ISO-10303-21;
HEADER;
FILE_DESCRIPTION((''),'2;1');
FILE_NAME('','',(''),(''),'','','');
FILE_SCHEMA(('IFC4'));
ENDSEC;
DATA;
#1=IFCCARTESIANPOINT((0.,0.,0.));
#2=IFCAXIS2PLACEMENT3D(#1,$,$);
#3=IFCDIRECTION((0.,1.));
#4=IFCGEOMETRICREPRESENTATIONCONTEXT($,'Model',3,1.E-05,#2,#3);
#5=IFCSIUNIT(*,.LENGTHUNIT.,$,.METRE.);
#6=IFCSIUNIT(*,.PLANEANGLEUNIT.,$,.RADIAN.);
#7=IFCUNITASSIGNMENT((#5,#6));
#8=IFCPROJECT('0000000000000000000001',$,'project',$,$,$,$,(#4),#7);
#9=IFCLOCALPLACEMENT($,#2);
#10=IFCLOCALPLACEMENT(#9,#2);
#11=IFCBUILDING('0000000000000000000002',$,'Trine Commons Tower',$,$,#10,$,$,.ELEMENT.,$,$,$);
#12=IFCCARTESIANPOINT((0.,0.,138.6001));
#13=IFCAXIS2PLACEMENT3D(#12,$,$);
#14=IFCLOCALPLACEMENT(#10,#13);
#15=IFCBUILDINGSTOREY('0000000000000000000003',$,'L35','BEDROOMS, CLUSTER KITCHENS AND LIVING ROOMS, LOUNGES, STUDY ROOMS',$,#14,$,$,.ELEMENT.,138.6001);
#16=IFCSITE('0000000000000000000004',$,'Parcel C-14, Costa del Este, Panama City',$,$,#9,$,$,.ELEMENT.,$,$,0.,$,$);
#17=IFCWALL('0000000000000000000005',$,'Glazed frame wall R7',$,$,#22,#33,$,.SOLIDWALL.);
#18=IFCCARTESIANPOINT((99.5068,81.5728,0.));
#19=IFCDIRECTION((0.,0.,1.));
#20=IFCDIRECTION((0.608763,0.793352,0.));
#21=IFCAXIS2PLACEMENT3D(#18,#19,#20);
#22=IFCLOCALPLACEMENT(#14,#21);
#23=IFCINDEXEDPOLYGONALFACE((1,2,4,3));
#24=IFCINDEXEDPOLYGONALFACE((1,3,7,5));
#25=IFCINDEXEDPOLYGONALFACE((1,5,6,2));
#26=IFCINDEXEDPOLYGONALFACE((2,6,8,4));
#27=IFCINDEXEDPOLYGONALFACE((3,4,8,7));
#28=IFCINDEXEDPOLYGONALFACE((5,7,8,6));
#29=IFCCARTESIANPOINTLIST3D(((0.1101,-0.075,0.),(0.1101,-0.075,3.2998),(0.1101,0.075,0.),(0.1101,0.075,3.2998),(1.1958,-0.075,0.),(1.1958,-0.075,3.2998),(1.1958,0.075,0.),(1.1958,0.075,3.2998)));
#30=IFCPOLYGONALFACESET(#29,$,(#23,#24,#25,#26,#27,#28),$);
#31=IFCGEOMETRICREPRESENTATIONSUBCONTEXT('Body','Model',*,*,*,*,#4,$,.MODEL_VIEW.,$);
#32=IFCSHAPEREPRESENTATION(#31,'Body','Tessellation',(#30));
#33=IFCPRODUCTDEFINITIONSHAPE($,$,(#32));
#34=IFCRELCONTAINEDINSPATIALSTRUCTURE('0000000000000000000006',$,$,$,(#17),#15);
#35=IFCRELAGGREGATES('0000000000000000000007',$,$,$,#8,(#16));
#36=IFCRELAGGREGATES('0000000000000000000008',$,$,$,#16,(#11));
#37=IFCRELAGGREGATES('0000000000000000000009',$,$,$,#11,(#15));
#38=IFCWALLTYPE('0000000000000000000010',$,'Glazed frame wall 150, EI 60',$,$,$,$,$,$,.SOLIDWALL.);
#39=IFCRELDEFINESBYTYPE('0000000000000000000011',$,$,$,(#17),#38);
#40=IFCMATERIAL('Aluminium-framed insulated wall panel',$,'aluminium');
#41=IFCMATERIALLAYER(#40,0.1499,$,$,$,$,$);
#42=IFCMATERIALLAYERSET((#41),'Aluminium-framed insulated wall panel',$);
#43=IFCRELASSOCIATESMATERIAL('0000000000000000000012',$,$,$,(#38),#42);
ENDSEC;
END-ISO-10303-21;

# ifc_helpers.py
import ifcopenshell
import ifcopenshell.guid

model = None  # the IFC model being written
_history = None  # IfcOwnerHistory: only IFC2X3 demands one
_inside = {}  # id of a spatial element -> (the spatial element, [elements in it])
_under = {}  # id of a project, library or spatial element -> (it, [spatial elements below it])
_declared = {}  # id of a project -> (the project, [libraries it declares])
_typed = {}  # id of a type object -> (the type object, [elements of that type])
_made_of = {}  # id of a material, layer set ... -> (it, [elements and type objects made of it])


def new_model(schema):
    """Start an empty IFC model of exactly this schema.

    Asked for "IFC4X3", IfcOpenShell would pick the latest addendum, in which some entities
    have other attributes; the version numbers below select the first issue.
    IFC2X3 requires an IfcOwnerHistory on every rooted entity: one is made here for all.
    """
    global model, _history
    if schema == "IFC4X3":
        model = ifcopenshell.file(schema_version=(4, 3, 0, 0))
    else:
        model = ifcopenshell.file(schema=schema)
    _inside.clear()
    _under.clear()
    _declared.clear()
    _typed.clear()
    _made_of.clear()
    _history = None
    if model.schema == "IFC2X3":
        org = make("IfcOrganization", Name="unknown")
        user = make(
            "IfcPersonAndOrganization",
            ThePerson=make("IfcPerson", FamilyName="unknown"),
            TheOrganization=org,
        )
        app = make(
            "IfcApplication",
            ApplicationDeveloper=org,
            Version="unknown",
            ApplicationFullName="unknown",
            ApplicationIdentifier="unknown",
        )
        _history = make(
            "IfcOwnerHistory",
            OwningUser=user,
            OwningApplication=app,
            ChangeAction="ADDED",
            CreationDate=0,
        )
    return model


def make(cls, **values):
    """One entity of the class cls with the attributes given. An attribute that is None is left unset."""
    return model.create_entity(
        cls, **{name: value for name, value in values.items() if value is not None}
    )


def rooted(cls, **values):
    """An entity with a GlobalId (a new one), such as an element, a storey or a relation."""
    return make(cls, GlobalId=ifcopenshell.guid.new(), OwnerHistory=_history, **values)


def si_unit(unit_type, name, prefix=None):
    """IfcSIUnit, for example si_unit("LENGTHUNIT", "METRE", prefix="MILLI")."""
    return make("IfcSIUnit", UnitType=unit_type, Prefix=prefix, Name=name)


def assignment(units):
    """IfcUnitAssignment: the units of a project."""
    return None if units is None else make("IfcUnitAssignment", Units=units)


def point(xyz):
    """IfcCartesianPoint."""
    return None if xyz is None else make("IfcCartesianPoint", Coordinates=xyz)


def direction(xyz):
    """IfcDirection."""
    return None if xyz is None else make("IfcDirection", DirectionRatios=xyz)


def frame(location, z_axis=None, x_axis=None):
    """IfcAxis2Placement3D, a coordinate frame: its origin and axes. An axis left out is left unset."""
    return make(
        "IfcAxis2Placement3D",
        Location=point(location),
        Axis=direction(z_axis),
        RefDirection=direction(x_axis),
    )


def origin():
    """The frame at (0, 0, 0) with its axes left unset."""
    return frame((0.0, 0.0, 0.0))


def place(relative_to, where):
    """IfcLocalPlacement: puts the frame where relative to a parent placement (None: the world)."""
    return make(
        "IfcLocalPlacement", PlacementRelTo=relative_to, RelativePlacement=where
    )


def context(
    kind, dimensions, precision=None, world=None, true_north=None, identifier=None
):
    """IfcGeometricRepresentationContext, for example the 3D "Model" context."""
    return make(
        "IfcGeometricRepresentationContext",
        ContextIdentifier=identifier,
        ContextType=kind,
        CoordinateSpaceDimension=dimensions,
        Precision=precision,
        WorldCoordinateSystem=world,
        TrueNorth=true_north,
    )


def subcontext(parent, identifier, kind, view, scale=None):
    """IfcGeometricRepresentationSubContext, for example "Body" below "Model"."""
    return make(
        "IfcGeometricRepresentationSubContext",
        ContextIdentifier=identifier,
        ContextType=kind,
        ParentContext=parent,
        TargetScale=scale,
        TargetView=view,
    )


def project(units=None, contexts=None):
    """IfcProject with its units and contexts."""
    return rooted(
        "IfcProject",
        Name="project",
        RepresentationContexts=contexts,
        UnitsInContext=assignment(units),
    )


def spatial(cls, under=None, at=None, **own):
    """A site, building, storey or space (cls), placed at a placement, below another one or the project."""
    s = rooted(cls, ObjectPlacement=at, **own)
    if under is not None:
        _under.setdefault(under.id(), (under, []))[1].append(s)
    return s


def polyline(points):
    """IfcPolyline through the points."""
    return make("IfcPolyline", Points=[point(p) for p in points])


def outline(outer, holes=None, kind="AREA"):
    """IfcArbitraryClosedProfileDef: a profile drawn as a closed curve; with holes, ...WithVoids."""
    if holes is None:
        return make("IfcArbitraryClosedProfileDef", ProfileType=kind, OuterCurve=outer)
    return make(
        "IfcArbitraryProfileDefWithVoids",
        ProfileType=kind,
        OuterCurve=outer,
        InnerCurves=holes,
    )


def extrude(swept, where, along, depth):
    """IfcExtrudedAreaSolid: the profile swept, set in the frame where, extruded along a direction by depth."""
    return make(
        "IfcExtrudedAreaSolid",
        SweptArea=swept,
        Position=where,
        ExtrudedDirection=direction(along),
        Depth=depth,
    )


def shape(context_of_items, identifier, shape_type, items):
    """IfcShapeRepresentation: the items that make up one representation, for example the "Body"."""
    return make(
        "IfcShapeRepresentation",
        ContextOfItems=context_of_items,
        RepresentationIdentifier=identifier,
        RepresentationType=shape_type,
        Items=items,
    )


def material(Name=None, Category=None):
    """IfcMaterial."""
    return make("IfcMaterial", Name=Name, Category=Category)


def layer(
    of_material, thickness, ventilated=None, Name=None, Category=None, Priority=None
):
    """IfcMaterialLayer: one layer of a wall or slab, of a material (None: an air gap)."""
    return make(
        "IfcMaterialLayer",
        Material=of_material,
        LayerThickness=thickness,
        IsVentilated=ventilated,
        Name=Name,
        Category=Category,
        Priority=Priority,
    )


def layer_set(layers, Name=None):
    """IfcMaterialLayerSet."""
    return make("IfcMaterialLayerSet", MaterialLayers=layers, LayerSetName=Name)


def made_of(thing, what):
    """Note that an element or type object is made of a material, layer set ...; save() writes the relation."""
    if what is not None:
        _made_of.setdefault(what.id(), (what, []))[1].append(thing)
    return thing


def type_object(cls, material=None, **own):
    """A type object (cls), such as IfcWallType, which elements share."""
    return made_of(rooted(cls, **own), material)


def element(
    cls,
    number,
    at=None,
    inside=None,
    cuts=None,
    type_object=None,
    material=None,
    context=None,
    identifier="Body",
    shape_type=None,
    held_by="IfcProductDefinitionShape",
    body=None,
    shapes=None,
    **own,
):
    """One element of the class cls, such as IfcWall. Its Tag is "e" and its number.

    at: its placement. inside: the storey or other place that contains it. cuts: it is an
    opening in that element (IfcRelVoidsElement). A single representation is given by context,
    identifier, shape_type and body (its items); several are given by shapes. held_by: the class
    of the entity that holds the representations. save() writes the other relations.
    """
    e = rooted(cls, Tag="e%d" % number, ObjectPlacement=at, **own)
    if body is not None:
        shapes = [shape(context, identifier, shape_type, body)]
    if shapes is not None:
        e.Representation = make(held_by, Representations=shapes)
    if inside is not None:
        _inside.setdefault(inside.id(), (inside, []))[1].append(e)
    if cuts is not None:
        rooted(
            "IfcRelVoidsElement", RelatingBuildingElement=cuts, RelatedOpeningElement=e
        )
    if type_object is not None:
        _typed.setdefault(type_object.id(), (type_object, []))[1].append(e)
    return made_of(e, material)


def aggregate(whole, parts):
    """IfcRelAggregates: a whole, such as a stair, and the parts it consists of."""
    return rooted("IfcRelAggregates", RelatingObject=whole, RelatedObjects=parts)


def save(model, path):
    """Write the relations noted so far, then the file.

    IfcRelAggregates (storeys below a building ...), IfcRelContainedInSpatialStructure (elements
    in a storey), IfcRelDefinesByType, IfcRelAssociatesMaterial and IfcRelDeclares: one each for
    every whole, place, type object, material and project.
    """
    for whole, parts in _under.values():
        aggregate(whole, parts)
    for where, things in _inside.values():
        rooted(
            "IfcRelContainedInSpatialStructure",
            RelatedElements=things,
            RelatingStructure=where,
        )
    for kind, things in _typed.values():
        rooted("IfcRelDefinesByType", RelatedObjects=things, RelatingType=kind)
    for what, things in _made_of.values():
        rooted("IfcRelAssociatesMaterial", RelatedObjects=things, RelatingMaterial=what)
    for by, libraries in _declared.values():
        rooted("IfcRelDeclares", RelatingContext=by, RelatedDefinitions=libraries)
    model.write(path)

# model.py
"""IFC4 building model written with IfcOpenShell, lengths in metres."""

from ifc_helpers import new_model, si_unit, direction, frame, origin, place, context, subcontext, project, spatial, polyline, outline, extrude, material, layer, layer_set, type_object, element, save


model = new_model("IFC4")

# Units and contexts
model_context = context("Model", 3, precision=1e-05, world=origin(), true_north=direction((0.0, 1.0)))
body_context = subcontext(model_context, "Body", "Model", "MODEL_VIEW")
ifc_project = project(units=[si_unit("LENGTHUNIT", "METRE"), si_unit("PLANEANGLEUNIT", "RADIAN")], contexts=[model_context])

# Site, building, storey
site_placement = place(None, origin())
site = spatial("IfcSite", under=ifc_project, at=site_placement, Name="Parcel C-14, Costa del Este, Panama City", CompositionType="ELEMENT", RefElevation=0.0)
building_placement = place(site_placement, origin())
building = spatial("IfcBuilding", under=site, at=building_placement, Name="Trine Commons Tower", CompositionType="ELEMENT")
storey_placement = place(building_placement, frame((0.0, 0.0, 138.6001)))
storey = spatial("IfcBuildingStorey", under=building, at=storey_placement, Name="L35", Description="BEDROOMS, CLUSTER KITCHENS AND LIVING ROOMS, LOUNGES, STUDY ROOMS", CompositionType="ELEMENT", Elevation=138.6001)

# Shared definitions
ifc_material_1 = material(Name="Aluminium-framed insulated wall panel", Category="aluminium")
ifc_layer_1 = layer(ifc_material_1, 0.1499)
ifc_layer_set_1 = layer_set([ifc_layer_1], Name="Aluminium-framed insulated wall panel")
wall_type_1 = type_object("IfcWallType", Name="Glazed frame wall 150, EI 60", PredefinedType="SOLIDWALL", material=ifc_layer_set_1)

# Wall
wall_1_placement = place(storey_placement, frame((99.5068, 81.5728, 0.0), z_axis=(0.0, 0.0, 1.0), x_axis=(0.608763, 0.793352, 0.0)))
element("IfcWall", 1, at=wall_1_placement, inside=storey, type_object=wall_type_1, Name="Glazed frame wall R7", PredefinedType="SOLIDWALL", context=body_context, shape_type="SweptSolid", body=[
    extrude(outline(polyline([(0.1101, 0.075), (0.1101, -0.075), (1.1958, -0.075), (1.1958, 0.075), (0.1101, 0.075)])), origin(), (0.0, 0.0, 1.0), 3.2998),
])

save(model, "model.ifc")
